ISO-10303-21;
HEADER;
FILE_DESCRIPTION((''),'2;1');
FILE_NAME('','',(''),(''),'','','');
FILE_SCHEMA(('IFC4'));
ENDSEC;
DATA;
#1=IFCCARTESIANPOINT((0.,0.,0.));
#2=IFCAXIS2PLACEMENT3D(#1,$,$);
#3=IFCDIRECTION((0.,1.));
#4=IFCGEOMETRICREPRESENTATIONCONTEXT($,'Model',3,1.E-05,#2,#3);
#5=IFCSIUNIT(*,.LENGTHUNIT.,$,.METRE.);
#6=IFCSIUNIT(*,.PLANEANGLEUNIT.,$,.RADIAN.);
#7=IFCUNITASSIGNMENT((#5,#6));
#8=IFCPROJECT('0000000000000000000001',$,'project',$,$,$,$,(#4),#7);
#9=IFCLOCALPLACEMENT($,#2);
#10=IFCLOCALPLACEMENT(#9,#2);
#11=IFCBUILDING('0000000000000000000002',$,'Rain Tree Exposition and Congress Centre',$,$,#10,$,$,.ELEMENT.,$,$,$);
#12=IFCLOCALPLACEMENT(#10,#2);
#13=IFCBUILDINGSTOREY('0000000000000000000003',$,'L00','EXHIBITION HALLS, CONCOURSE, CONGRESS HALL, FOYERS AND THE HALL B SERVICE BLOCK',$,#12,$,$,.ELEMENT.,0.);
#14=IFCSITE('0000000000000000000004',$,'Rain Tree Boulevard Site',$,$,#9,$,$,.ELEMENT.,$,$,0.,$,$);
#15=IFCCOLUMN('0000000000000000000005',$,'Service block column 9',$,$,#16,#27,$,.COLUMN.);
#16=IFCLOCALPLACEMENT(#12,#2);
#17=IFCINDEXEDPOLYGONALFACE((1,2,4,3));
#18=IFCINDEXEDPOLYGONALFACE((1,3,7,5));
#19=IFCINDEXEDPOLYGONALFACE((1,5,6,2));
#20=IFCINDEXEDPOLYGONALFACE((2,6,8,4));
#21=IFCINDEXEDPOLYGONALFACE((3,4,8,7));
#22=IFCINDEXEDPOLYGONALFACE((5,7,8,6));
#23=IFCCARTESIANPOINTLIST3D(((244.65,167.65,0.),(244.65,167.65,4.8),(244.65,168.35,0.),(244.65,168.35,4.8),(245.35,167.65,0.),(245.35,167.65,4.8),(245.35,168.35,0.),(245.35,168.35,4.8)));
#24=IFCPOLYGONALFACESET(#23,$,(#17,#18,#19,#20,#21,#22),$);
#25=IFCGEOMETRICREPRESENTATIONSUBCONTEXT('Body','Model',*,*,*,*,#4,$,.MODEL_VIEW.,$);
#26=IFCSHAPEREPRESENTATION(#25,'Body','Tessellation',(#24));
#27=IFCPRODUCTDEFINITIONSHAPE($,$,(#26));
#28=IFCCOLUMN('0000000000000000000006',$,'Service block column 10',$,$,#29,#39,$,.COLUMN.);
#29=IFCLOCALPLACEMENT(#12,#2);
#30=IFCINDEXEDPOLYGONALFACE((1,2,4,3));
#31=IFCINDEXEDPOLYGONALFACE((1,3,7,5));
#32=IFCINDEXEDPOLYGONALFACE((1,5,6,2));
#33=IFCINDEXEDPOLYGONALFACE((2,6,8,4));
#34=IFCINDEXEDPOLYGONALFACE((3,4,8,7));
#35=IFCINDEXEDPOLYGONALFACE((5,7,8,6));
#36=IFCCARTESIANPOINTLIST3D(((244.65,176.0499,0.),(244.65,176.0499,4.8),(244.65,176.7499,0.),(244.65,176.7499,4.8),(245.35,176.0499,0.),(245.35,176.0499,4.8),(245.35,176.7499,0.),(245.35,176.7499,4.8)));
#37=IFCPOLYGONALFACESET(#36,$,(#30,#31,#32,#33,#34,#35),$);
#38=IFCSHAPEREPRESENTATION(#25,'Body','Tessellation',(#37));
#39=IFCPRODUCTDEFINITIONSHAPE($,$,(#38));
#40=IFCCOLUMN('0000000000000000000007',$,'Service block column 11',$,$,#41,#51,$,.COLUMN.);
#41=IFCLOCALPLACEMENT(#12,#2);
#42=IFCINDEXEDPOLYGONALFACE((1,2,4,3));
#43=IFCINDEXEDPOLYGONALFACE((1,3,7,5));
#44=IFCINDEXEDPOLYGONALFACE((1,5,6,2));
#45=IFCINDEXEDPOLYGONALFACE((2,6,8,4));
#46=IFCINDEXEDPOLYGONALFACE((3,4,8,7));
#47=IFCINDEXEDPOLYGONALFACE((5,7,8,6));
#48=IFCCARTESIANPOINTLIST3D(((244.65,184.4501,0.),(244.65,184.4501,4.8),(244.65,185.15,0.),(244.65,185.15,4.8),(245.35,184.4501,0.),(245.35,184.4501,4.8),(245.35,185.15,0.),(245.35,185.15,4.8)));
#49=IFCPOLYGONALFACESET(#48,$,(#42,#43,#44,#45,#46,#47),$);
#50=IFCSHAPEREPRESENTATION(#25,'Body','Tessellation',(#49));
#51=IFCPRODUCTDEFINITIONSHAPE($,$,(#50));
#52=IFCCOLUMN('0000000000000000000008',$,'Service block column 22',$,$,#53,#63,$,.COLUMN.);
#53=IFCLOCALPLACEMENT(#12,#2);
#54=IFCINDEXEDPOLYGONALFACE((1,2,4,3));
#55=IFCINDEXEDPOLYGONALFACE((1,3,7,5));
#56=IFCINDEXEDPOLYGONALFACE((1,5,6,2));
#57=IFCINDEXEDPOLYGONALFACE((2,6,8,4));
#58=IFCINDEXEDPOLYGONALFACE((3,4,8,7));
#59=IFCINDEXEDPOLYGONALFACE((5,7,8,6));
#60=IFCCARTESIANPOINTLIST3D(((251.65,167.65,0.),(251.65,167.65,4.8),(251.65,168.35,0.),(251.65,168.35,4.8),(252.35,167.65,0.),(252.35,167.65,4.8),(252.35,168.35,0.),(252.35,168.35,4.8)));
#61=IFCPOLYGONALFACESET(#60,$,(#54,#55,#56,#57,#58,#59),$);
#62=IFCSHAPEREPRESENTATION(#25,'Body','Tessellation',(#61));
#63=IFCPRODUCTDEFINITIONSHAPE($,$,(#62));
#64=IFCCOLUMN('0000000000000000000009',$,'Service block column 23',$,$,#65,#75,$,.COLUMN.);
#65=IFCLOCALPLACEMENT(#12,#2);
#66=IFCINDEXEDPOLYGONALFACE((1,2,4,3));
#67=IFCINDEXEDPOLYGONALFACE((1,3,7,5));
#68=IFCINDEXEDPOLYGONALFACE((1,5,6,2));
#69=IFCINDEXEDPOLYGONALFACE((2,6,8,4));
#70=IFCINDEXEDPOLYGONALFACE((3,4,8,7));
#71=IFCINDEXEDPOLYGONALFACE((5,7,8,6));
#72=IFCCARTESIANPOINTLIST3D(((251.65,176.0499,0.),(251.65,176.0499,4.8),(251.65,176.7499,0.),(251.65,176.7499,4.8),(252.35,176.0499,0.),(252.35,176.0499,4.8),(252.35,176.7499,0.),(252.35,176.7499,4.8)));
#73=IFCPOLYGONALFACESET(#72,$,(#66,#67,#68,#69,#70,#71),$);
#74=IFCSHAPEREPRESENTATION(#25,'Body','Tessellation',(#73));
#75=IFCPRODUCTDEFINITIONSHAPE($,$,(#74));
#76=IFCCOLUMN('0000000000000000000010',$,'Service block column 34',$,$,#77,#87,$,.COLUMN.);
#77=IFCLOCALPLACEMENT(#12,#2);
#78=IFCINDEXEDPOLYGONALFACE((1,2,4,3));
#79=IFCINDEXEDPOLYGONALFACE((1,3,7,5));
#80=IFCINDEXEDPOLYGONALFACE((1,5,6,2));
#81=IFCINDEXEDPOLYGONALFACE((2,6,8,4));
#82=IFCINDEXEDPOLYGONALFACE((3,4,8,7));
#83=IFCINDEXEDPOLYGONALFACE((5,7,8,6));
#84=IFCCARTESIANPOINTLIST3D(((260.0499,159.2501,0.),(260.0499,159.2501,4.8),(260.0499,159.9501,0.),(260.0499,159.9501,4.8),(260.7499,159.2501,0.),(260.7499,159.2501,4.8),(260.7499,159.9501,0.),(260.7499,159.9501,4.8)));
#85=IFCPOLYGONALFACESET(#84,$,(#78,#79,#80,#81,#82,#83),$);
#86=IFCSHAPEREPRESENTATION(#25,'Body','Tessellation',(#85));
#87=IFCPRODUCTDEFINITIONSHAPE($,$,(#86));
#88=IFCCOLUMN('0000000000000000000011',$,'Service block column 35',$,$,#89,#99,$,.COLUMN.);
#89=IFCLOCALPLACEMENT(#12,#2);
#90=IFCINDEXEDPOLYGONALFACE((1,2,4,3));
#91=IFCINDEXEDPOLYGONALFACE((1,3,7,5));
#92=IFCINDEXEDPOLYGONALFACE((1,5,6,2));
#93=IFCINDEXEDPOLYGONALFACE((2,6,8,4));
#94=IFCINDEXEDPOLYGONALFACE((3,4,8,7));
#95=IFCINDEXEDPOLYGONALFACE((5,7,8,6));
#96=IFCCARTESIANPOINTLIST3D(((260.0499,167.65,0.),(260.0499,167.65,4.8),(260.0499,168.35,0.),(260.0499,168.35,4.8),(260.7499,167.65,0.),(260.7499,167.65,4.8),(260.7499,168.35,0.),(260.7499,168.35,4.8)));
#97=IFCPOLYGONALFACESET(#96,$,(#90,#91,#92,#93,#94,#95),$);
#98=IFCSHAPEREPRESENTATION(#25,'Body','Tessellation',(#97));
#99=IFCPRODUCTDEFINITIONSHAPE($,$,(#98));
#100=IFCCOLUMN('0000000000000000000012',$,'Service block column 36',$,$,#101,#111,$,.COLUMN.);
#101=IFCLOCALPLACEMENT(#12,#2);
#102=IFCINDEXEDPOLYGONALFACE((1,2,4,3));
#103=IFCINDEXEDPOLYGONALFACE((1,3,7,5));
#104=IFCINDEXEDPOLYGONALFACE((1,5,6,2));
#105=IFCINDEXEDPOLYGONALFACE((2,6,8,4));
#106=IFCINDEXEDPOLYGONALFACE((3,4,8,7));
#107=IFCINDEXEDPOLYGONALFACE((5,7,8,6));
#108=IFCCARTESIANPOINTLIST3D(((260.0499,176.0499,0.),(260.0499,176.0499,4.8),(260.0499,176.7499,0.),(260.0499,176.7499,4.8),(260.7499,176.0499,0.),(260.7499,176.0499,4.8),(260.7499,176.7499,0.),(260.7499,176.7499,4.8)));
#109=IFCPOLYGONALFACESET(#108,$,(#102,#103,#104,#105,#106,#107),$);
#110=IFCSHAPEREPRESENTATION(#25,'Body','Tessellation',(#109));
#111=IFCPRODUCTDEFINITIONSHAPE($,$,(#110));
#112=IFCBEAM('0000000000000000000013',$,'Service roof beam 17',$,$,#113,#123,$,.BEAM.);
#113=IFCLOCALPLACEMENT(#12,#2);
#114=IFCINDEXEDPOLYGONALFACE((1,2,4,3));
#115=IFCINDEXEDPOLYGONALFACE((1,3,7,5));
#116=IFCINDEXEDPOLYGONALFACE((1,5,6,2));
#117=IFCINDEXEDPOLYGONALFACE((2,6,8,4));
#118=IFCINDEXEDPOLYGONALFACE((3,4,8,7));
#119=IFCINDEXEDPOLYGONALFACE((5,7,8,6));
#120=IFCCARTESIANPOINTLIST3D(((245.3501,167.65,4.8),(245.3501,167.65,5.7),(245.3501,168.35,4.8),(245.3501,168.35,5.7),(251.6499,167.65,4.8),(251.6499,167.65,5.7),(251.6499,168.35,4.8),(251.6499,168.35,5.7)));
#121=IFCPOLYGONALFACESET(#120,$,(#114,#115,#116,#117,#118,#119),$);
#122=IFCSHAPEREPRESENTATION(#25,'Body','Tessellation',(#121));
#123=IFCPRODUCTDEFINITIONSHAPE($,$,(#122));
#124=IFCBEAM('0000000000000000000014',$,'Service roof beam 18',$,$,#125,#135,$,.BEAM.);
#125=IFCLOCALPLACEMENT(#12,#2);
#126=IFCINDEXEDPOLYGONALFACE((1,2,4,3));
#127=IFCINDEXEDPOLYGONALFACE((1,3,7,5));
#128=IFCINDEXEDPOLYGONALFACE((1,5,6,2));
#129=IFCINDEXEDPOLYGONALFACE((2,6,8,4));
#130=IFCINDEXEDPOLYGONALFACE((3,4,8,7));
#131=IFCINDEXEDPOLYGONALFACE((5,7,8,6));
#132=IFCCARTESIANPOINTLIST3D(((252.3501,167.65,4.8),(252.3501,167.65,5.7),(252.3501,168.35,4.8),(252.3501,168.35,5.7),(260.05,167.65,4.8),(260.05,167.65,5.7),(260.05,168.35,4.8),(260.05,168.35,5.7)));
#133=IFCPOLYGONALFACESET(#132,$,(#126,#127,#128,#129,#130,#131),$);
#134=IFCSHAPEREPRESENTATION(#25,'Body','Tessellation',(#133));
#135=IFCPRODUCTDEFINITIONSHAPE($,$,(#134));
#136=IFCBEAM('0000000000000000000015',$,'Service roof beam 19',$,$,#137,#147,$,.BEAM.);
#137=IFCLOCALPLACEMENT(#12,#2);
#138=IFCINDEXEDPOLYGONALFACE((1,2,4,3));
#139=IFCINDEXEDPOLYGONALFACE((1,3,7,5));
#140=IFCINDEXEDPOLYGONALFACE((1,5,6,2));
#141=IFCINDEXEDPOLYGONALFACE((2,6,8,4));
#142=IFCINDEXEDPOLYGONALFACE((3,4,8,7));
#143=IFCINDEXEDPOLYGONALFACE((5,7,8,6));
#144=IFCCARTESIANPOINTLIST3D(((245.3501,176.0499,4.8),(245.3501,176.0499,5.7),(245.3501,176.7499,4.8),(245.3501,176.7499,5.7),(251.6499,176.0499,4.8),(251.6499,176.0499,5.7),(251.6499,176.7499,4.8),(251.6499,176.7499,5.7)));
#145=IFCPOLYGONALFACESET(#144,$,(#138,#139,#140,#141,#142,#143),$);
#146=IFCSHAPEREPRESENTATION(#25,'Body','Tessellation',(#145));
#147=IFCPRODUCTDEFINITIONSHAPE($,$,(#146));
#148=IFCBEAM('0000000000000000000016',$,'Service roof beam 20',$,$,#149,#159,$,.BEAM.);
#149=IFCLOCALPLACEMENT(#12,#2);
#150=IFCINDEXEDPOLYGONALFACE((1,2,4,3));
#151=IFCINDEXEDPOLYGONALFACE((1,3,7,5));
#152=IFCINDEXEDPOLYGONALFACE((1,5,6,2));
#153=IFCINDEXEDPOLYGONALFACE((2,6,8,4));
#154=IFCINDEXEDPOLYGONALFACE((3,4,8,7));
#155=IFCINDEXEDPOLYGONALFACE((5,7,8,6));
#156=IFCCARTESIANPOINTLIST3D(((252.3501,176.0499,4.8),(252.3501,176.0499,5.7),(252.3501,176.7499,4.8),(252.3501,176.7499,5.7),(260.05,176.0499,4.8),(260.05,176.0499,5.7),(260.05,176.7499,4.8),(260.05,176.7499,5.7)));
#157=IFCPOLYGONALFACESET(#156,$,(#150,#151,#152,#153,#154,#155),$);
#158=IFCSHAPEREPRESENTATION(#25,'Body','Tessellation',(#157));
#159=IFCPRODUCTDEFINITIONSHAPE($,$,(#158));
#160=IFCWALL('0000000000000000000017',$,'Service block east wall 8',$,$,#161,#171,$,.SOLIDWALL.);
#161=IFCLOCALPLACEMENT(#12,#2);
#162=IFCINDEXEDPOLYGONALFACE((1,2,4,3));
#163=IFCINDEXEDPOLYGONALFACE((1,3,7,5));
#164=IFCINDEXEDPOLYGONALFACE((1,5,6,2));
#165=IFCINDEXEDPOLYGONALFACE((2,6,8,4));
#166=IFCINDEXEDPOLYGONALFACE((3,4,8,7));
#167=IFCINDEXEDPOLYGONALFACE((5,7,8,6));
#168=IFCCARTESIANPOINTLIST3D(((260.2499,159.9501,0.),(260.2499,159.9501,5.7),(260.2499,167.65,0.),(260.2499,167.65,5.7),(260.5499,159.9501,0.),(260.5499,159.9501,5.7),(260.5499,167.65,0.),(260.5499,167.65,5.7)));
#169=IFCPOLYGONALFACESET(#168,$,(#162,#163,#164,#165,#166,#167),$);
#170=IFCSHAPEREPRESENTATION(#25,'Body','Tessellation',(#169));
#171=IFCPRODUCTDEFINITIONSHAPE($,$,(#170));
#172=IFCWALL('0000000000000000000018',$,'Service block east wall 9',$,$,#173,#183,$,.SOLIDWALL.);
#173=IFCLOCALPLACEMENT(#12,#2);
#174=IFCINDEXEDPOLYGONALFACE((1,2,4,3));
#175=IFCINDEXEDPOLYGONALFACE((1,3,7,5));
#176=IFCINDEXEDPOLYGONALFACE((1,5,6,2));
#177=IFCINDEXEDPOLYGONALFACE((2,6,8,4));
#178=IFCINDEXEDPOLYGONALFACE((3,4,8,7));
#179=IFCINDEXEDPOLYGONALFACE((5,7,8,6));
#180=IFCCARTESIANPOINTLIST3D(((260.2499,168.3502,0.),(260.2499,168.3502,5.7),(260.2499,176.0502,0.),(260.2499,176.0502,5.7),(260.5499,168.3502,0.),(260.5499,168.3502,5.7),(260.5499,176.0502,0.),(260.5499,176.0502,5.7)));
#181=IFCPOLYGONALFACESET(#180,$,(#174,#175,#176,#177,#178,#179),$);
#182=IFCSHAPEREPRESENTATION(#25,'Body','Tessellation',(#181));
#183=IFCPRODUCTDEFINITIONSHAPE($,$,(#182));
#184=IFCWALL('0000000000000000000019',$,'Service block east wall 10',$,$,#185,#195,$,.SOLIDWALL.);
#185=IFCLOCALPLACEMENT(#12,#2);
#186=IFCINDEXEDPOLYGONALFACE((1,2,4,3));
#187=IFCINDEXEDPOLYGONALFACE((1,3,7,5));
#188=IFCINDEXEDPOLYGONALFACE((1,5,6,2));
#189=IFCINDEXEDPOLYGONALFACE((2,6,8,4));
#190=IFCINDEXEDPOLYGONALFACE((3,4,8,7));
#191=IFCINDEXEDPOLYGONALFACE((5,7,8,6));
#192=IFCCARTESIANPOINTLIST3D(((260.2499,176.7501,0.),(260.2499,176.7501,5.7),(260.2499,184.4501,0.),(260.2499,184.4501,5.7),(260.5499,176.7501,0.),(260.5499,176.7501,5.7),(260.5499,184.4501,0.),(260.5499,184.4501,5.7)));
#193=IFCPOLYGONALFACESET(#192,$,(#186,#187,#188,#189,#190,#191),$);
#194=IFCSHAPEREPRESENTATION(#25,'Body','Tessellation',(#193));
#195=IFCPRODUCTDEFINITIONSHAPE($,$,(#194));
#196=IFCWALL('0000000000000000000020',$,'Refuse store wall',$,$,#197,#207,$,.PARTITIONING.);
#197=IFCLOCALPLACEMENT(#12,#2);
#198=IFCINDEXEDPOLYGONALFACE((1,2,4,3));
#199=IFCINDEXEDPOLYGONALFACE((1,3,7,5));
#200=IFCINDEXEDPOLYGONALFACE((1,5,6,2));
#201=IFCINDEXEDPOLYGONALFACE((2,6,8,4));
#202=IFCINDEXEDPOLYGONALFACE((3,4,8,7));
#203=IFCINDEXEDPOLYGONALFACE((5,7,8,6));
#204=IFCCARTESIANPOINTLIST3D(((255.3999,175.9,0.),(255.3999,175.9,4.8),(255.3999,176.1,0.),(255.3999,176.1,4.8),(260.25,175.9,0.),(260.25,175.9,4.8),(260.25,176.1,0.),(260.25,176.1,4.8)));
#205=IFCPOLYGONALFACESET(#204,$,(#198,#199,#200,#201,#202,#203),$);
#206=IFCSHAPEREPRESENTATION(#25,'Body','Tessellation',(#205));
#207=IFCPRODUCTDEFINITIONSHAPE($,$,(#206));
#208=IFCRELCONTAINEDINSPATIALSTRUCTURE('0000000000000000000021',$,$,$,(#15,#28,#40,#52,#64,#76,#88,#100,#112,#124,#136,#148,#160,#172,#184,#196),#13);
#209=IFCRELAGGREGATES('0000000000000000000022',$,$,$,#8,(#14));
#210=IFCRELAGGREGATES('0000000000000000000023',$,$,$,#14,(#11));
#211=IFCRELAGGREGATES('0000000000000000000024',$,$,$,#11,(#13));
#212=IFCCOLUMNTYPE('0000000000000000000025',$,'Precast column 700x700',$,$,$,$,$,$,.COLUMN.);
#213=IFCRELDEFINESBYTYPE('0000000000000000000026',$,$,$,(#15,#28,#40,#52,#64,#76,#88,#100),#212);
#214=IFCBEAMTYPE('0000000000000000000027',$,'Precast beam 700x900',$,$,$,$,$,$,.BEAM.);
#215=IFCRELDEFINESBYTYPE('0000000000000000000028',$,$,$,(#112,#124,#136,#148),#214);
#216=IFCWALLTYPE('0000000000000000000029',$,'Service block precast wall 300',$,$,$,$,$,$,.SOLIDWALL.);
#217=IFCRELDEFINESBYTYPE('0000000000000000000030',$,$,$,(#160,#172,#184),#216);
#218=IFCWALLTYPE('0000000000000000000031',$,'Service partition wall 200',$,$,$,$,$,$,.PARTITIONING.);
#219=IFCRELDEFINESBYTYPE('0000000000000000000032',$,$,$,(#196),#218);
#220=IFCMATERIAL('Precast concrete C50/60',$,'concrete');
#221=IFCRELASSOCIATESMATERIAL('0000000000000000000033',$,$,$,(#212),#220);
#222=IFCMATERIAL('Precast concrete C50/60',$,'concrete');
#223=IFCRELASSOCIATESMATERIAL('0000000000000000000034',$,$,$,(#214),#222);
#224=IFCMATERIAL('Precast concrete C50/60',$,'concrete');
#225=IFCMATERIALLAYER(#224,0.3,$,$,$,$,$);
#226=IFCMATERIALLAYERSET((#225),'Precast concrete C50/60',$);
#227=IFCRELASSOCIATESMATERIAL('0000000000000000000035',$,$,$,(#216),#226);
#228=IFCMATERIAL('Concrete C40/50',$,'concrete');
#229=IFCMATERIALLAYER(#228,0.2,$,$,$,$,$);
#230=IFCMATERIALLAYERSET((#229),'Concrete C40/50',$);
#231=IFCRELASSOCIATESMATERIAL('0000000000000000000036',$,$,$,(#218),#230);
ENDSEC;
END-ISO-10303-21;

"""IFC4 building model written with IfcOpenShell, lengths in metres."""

from ifc_helpers import new_model, si_unit, direction, frame, frame_2d, origin, origin_2d, place, context, subcontext, project, spatial, rectangle, extrude, material, layer, layer_set, material_profile, profile_set, type_object, element, save


model = new_model("IFC4")

# Units and contexts
model_context = context("Model", 3, precision=1e-05, world=origin(), true_north=direction((0.0, 1.0)))
body_context = subcontext(model_context, "Body", "Model", "MODEL_VIEW")
ifc_project = project(units=[si_unit("LENGTHUNIT", "METRE"), si_unit("PLANEANGLEUNIT", "RADIAN")], contexts=[model_context])

# Site, building, storey
site_placement = place(None, origin())
site = spatial("IfcSite", under=ifc_project, at=site_placement, Name="Rain Tree Boulevard Site", CompositionType="ELEMENT", RefElevation=0.0)
building_placement = place(site_placement, origin())
building = spatial("IfcBuilding", under=site, at=building_placement, Name="Rain Tree Exposition and Congress Centre", CompositionType="ELEMENT")
storey_placement = place(building_placement, origin())
storey = spatial("IfcBuildingStorey", under=building, at=storey_placement, Name="L00", Description="EXHIBITION HALLS, CONCOURSE, CONGRESS HALL, FOYERS AND THE HALL B SERVICE BLOCK", CompositionType="ELEMENT", Elevation=0.0)

# Columns
ifc_material_1 = material(Name="Precast concrete C50/60", Category="concrete")
ifc_material_profile_1 = material_profile(ifc_material_1, rectangle(XDim=0.7, YDim=0.7, at=origin_2d()), Name="RC 700x700")
ifc_profile_set_1 = profile_set([ifc_material_profile_1], Name="Precast concrete C50/60")
column_type = type_object("IfcColumnType", Name="Precast column 700x700", PredefinedType="COLUMN", material=ifc_profile_set_1)
for number, where, z_axis, x_axis, name in (
    (1, (245.0, 168.0, 0.0), (0.0, 0.0, 1.0), (1.0, 0.0, 0.0), "Service block column 9"),
    (2, (245.0, 176.3999, 0.0), (0.0, 0.0, 1.0), (1.0, 0.0, 0.0), "Service block column 10"),
    (3, (245.0, 184.8, 0.0), (0.0, 0.0, 1.0), (1.0, 0.0, 0.0), "Service block column 11"),
    (4, (252.0, 168.0, 0.0), (0.0, 0.0, 1.0), (1.0, 0.0, 0.0), "Service block column 22"),
    (5, (252.0, 176.3999, 0.0), (0.0, 0.0, 1.0), (1.0, 0.0, 0.0), "Service block column 23"),
    (6, (260.3999, 159.6001, 0.0), (0.0, 0.0, 1.0), (1.0, 0.0, 0.0), "Service block column 34"),
    (7, (260.3999, 168.0, 0.0), (0.0, 0.0, 1.0), (1.0, 0.0, 0.0), "Service block column 35"),
    (8, (260.3999, 176.3999, 0.0), (0.0, 0.0, 1.0), (1.0, 0.0, 0.0), "Service block column 36"),
):
    element("IfcColumn", number, at=place(storey_placement, frame(where, z_axis=z_axis, x_axis=x_axis)), inside=storey, type_object=column_type, Name=name, PredefinedType="COLUMN", context=body_context, shape_type="SweptSolid", body=[
        extrude(rectangle(XDim=0.7, YDim=0.7, at=origin_2d()), origin(), (0.0, 0.0, 1.0), 4.8),
    ])

# Beams
ifc_material_2 = material(Name="Precast concrete C50/60", Category="concrete")
ifc_material_profile_2 = material_profile(ifc_material_2, rectangle(XDim=0.7, YDim=0.8999, at=origin_2d()), Name="RC 700x900")
ifc_profile_set_2 = profile_set([ifc_material_profile_2], Name="Precast concrete C50/60")
beam_type = type_object("IfcBeamType", Name="Precast beam 700x900", PredefinedType="BEAM", material=ifc_profile_set_2)
beam_1_placement = place(storey_placement, frame((245.3501, 168.0, 5.25), z_axis=(1.0, 0.0, 0.0), x_axis=(0.0, 1.0, 0.0)))
element("IfcBeam", 9, at=beam_1_placement, inside=storey, type_object=beam_type, Name="Service roof beam 17", PredefinedType="BEAM", context=body_context, shape_type="SweptSolid", body=[
    extrude(rectangle(XDim=0.7, YDim=0.8999, at=origin_2d()), origin(), (0.0, 0.0, 1.0), 6.2998),
])
beam_2_placement = place(storey_placement, frame((252.3501, 168.0, 5.25), z_axis=(1.0, 0.0, 0.0), x_axis=(0.0, 1.0, 0.0)))
element("IfcBeam", 10, at=beam_2_placement, inside=storey, type_object=beam_type, Name="Service roof beam 18", PredefinedType="BEAM", context=body_context, shape_type="SweptSolid", body=[
    extrude(rectangle(XDim=0.7, YDim=0.8999, at=origin_2d()), origin(), (0.0, 0.0, 1.0), 7.7),
])
beam_3_placement = place(storey_placement, frame((245.3501, 176.3999, 5.25), z_axis=(1.0, 0.0, 0.0), x_axis=(0.0, 1.0, 0.0)))
element("IfcBeam", 11, at=beam_3_placement, inside=storey, type_object=beam_type, Name="Service roof beam 19", PredefinedType="BEAM", context=body_context, shape_type="SweptSolid", body=[
    extrude(rectangle(XDim=0.7, YDim=0.8999, at=origin_2d()), origin(), (0.0, 0.0, 1.0), 6.2998),
])
beam_4_placement = place(storey_placement, frame((252.3501, 176.3999, 5.25), z_axis=(1.0, 0.0, 0.0), x_axis=(0.0, 1.0, 0.0)))
element("IfcBeam", 12, at=beam_4_placement, inside=storey, type_object=beam_type, Name="Service roof beam 20", PredefinedType="BEAM", context=body_context, shape_type="SweptSolid", body=[
    extrude(rectangle(XDim=0.7, YDim=0.8999, at=origin_2d()), origin(), (0.0, 0.0, 1.0), 7.7),
])

# Walls
ifc_material_3 = material(Name="Precast concrete C50/60", Category="concrete")
ifc_layer_1 = layer(ifc_material_3, 0.3)
ifc_layer_set_1 = layer_set([ifc_layer_1], Name="Precast concrete C50/60")
wall_type_1 = type_object("IfcWallType", Name="Service block precast wall 300", PredefinedType="SOLIDWALL", material=ifc_layer_set_1)
for number, where, z_axis, x_axis, name in (
    (13, (260.3999, 159.95, 0.0), (0.0, 0.0, 1.0), (0.0, 1.0, 0.0), "Service block east wall 8"),
    (14, (260.3999, 168.3501, 0.0), (0.0, 0.0, 1.0), (0.0, 1.0, 0.0), "Service block east wall 9"),
    (15, (260.3999, 176.75, 0.0), (0.0, 0.0, 1.0), (0.0, 1.0, 0.0), "Service block east wall 10"),
):
    element("IfcWall", number, at=place(storey_placement, frame(where, z_axis=z_axis, x_axis=x_axis)), inside=storey, type_object=wall_type_1, Name=name, PredefinedType="SOLIDWALL", context=body_context, shape_type="SweptSolid", body=[
        extrude(rectangle(XDim=7.7, YDim=0.3, at=frame_2d((3.8501, 0.0))), origin(), (0.0, 0.0, 1.0), 5.7),
    ])

# Shared definitions
ifc_material_4 = material(Name="Concrete C40/50", Category="concrete")
ifc_layer_2 = layer(ifc_material_4, 0.2)
ifc_layer_set_2 = layer_set([ifc_layer_2], Name="Concrete C40/50")
wall_type_2 = type_object("IfcWallType", Name="Service partition wall 200", PredefinedType="PARTITIONING", material=ifc_layer_set_2)

# Wall
wall_1_placement = place(storey_placement, frame((255.3999, 176.0, 0.0), z_axis=(0.0, 0.0, 1.0), x_axis=(1.0, 0.0, 0.0)))
element("IfcWall", 16, at=wall_1_placement, inside=storey, type_object=wall_type_2, Name="Refuse store wall", PredefinedType="PARTITIONING", context=body_context, shape_type="SweptSolid", body=[
    extrude(rectangle(XDim=4.8501, YDim=0.2, at=frame_2d((2.425, 0.0))), origin(), (0.0, 0.0, 1.0), 4.8),
])

save(model, "model.ifc")
